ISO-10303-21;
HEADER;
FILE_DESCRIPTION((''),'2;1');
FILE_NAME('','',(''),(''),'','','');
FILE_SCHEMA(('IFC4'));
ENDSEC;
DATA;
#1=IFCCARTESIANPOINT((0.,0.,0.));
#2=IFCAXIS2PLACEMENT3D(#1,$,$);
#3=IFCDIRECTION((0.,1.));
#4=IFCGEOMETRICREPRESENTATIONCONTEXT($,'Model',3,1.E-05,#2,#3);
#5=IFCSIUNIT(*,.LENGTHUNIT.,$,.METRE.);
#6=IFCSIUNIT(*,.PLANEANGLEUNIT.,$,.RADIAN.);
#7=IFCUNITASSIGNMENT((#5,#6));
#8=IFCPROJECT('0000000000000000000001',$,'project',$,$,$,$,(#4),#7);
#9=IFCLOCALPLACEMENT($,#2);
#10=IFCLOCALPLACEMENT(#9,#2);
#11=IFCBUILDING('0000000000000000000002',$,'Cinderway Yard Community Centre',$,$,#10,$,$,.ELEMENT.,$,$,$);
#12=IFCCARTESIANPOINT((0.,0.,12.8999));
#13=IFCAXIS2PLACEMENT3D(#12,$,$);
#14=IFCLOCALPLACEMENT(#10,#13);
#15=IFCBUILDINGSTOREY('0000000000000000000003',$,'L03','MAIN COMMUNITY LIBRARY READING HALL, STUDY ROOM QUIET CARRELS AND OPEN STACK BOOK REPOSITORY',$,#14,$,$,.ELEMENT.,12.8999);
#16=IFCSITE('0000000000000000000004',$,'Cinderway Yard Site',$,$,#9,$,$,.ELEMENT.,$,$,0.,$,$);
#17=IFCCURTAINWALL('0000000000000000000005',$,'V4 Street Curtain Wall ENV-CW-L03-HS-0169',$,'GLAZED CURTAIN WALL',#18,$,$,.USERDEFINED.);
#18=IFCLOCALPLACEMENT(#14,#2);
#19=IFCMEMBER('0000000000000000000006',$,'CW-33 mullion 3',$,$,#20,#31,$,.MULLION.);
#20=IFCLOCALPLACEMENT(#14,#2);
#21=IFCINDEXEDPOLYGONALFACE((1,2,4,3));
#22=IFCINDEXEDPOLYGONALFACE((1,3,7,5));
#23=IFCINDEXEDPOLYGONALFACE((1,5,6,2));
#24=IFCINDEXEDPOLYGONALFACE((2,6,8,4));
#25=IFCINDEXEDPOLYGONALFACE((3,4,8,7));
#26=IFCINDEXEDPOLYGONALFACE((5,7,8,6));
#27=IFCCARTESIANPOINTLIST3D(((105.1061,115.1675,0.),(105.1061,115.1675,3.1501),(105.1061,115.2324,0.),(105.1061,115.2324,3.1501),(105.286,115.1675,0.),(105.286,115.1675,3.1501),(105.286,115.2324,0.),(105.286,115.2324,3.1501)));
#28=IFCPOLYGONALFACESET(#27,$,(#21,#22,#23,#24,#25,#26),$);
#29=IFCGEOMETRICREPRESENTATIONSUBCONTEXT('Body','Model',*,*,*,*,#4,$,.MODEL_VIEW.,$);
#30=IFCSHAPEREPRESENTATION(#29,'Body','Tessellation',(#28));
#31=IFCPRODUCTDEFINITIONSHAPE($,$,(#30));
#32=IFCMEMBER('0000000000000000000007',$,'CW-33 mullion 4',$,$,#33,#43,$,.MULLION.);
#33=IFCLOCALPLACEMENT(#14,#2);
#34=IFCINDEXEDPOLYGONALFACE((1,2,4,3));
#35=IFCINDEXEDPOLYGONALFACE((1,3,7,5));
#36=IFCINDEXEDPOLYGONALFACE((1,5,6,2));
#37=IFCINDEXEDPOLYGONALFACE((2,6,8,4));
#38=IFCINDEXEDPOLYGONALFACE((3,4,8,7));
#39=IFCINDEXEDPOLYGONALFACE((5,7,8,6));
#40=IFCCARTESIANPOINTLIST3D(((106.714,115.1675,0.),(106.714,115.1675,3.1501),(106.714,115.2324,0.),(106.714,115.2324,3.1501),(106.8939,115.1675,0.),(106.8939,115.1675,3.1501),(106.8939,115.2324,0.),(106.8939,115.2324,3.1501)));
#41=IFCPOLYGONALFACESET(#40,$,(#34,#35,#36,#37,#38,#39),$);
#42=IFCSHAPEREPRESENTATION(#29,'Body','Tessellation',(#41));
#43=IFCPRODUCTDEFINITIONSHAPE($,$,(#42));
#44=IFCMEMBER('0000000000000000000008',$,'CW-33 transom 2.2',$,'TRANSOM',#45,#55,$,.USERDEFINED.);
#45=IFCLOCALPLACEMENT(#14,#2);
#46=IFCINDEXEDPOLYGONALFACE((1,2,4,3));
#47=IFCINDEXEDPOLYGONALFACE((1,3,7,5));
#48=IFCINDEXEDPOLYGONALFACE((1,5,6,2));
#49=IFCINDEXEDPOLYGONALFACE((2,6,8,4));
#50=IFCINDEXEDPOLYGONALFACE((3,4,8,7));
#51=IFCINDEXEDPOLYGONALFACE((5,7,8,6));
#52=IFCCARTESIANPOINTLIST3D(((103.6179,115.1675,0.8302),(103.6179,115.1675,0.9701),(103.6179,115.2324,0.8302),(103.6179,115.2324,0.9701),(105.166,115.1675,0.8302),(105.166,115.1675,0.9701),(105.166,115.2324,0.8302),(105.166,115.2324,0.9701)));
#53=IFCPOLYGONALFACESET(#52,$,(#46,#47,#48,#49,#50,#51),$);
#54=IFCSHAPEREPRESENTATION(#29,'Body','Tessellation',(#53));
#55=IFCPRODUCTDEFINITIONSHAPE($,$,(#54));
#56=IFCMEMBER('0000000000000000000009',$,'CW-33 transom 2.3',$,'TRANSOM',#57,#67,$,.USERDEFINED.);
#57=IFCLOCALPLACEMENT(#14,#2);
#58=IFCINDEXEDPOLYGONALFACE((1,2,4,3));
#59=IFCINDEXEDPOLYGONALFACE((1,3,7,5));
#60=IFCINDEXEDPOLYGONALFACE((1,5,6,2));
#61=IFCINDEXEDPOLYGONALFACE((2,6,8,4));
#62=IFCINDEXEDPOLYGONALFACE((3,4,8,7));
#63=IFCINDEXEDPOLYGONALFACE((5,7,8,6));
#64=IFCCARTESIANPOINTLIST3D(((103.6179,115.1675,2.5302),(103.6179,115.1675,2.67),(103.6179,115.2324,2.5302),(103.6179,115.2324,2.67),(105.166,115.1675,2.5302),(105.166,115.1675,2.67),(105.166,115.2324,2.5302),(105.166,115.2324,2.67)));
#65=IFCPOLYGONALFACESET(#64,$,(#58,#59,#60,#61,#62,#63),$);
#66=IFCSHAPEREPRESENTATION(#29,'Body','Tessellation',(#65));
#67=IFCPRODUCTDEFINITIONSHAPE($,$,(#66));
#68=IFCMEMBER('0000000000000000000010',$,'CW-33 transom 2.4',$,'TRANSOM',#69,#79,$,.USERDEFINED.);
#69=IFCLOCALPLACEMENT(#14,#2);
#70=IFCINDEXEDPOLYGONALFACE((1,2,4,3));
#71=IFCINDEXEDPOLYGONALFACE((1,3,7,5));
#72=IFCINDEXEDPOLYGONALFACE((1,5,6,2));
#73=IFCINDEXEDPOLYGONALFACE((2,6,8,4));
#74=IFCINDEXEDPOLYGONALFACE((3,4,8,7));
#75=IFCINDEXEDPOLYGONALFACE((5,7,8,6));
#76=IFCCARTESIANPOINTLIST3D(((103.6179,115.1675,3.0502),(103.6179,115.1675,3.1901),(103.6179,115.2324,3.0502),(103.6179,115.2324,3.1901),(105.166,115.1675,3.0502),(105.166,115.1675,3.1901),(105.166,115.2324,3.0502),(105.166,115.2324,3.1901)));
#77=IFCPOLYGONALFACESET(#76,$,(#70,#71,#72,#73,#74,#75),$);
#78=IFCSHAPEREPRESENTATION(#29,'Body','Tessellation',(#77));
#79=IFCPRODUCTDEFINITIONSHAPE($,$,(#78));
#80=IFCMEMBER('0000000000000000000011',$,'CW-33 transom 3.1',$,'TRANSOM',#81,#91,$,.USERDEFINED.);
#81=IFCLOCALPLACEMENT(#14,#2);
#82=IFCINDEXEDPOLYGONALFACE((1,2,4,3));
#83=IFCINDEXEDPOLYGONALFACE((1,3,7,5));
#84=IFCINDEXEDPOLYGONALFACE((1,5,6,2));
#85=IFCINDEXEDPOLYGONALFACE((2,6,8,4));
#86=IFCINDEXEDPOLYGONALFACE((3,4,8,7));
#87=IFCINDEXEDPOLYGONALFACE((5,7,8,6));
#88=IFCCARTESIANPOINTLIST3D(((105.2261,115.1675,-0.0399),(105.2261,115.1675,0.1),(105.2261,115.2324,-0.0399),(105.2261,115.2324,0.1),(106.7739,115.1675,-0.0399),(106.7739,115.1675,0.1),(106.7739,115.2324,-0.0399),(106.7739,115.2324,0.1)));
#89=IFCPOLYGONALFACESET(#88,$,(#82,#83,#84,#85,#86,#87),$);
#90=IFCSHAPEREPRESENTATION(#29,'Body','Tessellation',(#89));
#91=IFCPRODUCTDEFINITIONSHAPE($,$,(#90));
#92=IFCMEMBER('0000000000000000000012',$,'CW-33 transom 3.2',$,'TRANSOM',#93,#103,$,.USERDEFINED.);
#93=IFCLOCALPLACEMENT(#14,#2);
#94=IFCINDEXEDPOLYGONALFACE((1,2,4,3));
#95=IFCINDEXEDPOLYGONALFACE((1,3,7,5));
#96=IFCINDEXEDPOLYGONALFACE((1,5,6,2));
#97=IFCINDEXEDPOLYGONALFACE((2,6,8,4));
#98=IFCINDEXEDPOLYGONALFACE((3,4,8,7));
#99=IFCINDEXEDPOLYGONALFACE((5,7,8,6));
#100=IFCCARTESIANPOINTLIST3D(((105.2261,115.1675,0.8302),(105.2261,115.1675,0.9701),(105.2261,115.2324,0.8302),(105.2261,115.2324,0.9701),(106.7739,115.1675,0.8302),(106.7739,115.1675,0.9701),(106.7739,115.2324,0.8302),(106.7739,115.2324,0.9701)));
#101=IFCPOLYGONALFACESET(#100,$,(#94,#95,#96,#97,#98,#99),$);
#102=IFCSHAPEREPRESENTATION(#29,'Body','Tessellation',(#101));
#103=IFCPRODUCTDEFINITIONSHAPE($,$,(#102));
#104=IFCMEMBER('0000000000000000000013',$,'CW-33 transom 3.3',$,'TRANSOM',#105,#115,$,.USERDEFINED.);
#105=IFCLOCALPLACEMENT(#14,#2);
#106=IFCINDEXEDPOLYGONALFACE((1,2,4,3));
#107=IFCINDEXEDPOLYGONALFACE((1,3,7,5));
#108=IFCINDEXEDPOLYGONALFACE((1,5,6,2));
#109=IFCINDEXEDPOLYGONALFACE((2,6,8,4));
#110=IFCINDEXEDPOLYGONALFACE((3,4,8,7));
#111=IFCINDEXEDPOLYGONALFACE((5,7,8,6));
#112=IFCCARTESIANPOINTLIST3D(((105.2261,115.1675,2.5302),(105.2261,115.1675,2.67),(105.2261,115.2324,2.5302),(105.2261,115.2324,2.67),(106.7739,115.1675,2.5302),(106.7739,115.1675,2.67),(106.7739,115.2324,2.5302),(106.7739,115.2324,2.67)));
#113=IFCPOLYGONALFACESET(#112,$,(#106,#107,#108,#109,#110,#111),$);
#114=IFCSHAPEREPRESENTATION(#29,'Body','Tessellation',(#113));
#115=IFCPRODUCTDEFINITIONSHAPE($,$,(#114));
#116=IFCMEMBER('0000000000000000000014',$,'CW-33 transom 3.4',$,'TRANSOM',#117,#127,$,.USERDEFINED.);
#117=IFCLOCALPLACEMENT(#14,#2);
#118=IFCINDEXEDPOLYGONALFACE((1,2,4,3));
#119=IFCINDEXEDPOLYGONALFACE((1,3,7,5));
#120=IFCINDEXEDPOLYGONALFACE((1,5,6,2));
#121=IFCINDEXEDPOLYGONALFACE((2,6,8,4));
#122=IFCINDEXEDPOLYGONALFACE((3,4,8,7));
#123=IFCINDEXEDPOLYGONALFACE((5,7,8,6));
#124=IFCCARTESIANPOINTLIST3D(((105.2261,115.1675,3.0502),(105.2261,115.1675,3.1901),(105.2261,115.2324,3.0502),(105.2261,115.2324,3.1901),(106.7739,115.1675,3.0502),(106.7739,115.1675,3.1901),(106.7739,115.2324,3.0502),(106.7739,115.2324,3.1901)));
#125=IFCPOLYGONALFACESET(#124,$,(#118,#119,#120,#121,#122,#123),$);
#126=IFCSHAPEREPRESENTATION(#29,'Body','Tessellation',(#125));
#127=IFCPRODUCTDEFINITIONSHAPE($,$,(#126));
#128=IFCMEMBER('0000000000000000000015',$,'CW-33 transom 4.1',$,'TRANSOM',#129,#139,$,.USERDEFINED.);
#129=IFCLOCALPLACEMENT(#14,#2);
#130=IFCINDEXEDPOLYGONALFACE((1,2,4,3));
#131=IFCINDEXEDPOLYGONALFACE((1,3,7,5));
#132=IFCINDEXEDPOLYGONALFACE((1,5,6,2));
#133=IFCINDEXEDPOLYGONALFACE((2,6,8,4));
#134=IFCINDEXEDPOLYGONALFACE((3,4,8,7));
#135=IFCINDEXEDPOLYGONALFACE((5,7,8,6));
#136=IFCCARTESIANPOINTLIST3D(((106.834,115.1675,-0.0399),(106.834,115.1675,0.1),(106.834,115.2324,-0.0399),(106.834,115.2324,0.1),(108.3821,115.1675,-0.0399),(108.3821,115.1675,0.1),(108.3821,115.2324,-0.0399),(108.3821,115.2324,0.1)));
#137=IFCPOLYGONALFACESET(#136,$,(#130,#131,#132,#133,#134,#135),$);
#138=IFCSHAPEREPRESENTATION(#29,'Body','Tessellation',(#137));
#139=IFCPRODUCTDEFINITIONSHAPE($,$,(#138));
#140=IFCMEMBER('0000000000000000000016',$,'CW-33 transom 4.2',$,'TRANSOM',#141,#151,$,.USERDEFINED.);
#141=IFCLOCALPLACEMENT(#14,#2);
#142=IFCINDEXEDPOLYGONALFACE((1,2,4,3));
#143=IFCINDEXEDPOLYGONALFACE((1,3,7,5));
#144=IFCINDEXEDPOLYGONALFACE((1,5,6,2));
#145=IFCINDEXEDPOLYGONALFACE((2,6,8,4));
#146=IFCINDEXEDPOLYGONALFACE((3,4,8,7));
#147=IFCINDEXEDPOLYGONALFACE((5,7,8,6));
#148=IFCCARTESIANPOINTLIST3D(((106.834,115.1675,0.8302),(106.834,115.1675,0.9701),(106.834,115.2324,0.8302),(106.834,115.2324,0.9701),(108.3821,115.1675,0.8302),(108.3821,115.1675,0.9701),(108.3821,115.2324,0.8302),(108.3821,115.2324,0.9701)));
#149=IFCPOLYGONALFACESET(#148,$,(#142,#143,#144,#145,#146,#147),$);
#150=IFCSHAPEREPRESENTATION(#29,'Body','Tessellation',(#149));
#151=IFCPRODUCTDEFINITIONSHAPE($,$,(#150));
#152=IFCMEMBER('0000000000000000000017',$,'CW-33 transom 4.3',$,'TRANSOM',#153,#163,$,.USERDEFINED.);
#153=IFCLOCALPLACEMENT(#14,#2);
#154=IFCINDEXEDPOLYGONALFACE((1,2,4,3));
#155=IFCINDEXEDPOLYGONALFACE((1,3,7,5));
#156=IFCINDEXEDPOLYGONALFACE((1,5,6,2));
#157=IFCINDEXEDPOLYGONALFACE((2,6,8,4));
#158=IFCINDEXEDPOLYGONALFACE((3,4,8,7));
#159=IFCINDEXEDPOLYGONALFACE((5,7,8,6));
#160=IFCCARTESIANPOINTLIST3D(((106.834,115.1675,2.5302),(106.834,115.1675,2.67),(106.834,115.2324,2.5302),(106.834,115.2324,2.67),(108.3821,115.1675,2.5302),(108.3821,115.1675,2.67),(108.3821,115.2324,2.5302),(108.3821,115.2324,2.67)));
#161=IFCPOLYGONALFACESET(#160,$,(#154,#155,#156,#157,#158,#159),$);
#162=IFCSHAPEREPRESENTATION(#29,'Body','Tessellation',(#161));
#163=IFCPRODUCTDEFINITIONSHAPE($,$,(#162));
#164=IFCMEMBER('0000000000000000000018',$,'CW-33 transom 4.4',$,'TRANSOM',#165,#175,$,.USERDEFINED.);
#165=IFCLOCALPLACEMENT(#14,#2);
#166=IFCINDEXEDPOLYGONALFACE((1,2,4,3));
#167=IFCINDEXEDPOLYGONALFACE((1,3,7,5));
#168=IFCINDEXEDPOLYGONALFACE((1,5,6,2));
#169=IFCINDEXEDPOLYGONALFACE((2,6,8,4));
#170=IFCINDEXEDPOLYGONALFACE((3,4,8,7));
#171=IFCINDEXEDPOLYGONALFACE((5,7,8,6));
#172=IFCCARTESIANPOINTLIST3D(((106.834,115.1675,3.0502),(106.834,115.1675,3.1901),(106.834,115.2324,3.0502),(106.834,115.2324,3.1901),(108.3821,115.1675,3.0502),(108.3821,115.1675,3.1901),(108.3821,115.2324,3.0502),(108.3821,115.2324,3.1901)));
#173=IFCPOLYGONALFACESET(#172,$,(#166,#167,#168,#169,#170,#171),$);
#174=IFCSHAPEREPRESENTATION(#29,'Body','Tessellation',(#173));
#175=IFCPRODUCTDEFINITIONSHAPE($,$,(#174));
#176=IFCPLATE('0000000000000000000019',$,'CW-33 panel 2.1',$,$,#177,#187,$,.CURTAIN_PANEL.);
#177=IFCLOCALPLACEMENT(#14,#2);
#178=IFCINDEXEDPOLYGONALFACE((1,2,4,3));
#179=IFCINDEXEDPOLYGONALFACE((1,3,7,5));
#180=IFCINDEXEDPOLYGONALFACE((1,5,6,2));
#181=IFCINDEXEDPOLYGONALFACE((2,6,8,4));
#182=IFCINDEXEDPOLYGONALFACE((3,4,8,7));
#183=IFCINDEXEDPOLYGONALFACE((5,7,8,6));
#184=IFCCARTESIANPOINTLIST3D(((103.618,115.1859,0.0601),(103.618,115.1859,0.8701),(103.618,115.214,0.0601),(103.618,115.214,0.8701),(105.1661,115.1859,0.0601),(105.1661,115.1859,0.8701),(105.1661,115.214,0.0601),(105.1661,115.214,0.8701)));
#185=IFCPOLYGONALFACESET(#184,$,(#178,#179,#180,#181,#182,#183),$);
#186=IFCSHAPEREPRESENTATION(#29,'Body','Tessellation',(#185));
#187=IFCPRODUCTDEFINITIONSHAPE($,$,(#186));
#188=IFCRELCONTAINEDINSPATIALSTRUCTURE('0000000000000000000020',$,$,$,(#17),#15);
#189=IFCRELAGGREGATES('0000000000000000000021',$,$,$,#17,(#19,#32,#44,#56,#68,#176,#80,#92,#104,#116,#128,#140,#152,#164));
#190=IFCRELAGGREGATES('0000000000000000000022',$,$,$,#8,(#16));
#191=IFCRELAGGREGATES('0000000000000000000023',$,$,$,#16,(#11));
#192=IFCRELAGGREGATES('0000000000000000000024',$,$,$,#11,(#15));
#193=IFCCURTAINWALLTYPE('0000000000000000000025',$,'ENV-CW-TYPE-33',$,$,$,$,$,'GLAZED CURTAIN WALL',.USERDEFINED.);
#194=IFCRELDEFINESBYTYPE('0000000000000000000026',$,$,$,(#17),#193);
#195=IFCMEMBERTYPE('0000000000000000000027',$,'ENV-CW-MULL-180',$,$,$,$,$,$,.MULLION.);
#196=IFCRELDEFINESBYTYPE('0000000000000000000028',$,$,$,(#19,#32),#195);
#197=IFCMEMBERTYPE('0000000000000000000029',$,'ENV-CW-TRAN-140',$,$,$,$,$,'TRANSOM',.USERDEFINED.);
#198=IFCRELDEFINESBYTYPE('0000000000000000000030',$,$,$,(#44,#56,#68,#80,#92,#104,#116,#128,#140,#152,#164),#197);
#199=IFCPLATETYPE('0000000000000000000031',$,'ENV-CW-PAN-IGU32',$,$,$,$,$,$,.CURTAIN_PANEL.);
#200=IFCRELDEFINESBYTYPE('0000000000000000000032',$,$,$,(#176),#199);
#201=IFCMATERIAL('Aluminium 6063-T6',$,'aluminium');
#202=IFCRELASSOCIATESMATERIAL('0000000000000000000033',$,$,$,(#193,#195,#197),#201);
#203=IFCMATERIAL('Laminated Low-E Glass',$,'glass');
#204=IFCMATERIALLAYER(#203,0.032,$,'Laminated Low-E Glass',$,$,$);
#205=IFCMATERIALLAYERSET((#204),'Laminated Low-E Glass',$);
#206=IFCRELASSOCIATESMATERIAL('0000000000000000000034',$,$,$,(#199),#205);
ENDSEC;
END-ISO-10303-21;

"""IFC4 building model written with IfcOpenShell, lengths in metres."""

from ifc_helpers import new_model, si_unit, direction, frame, origin, origin_2d, place, context, subcontext, project, spatial, rectangle, extrude, material, layer, layer_set, material_profile, profile_set, type_object, element, aggregate, save


model = new_model("IFC4")

# Units and contexts
model_context = context("Model", 3, precision=1e-05, world=origin(), true_north=direction((0.0, 1.0)))
body_context = subcontext(model_context, "Body", "Model", "MODEL_VIEW")
ifc_project = project(units=[si_unit("LENGTHUNIT", "METRE"), si_unit("PLANEANGLEUNIT", "RADIAN")], contexts=[model_context])

# Site, building, storey
site_placement = place(None, origin())
site = spatial("IfcSite", under=ifc_project, at=site_placement, Name="Cinderway Yard Site", CompositionType="ELEMENT", RefElevation=0.0)
building_placement = place(site_placement, origin())
building = spatial("IfcBuilding", under=site, at=building_placement, Name="Cinderway Yard Community Centre", CompositionType="ELEMENT")
storey_placement = place(building_placement, frame((0.0, 0.0, 12.8999)))
storey = spatial("IfcBuildingStorey", under=building, at=storey_placement, Name="L03", Description="MAIN COMMUNITY LIBRARY READING HALL, STUDY ROOM QUIET CARRELS AND OPEN STACK BOOK REPOSITORY", CompositionType="ELEMENT", Elevation=12.8999)

# Curtain wall, members, plate
ifc_material_1 = material(Name="Aluminium 6063-T6", Category="aluminium")
curtain_wall_type = type_object("IfcCurtainWallType", Name="ENV-CW-TYPE-33", ElementType="GLAZED CURTAIN WALL", PredefinedType="USERDEFINED", material=ifc_material_1)
curtain_wall_placement = place(storey_placement, origin())
curtain_wall = element("IfcCurtainWall", 1, at=curtain_wall_placement, inside=storey, type_object=curtain_wall_type, Name="V4 Street Curtain Wall ENV-CW-L03-HS-0169", ObjectType="GLAZED CURTAIN WALL", PredefinedType="USERDEFINED")
ifc_material_profile_1 = material_profile(ifc_material_1, rectangle(XDim=0.0649, YDim=0.1799, at=origin_2d()), Name="Aluminium 6063-T6")
ifc_profile_set_1 = profile_set([ifc_material_profile_1], Name="Aluminium 6063-T6")
member_type_1 = type_object("IfcMemberType", Name="ENV-CW-MULL-180", PredefinedType="MULLION", material=ifc_profile_set_1)
member_1_placement = place(storey_placement, frame((105.196, 115.2, 0.0), z_axis=(0.0, 0.0, 1.0), x_axis=(0.0, 1.0, 0.0)))
member_1 = element("IfcMember", 2, at=member_1_placement, type_object=member_type_1, Name="CW-33 mullion 3", PredefinedType="MULLION", context=body_context, shape_type="SweptSolid", body=[
    extrude(rectangle(XDim=0.0649, YDim=0.1799, at=origin_2d()), origin(), (0.0, 0.0, 1.0), 3.1501),
])
member_2_placement = place(storey_placement, frame((106.804, 115.2, 0.0), z_axis=(0.0, 0.0, 1.0), x_axis=(0.0, 1.0, 0.0)))
member_2 = element("IfcMember", 3, at=member_2_placement, type_object=member_type_1, Name="CW-33 mullion 4", PredefinedType="MULLION", context=body_context, shape_type="SweptSolid", body=[
    extrude(rectangle(XDim=0.0649, YDim=0.1799, at=origin_2d()), origin(), (0.0, 0.0, 1.0), 3.1501),
])
ifc_material_profile_2 = material_profile(ifc_material_1, rectangle(XDim=0.0649, YDim=0.1399, at=origin_2d()), Name="Aluminium 6063-T6")
ifc_profile_set_2 = profile_set([ifc_material_profile_2], Name="Aluminium 6063-T6")
member_type_2 = type_object("IfcMemberType", Name="ENV-CW-TRAN-140", ElementType="TRANSOM", PredefinedType="USERDEFINED", material=ifc_profile_set_2)
member_3_placement = place(storey_placement, frame((103.6179, 115.2, 0.9001), z_axis=(1.0, 0.0, 0.0), x_axis=(0.0, 1.0, 0.0)))
member_3 = element("IfcMember", 4, at=member_3_placement, type_object=member_type_2, Name="CW-33 transom 2.2", ObjectType="TRANSOM", PredefinedType="USERDEFINED", context=body_context, shape_type="SweptSolid", body=[
    extrude(rectangle(XDim=0.0649, YDim=0.1399, at=origin_2d()), origin(), (0.0, 0.0, 1.0), 1.5481),
])
member_4_placement = place(storey_placement, frame((103.6179, 115.2, 2.6001), z_axis=(1.0, 0.0, 0.0), x_axis=(0.0, 1.0, 0.0)))
member_4 = element("IfcMember", 5, at=member_4_placement, type_object=member_type_2, Name="CW-33 transom 2.3", ObjectType="TRANSOM", PredefinedType="USERDEFINED", context=body_context, shape_type="SweptSolid", body=[
    extrude(rectangle(XDim=0.0649, YDim=0.1399, at=origin_2d()), origin(), (0.0, 0.0, 1.0), 1.5481),
])
member_5_placement = place(storey_placement, frame((103.6179, 115.2, 3.1201), z_axis=(1.0, 0.0, 0.0), x_axis=(0.0, 1.0, 0.0)))
member_5 = element("IfcMember", 6, at=member_5_placement, type_object=member_type_2, Name="CW-33 transom 2.4", ObjectType="TRANSOM", PredefinedType="USERDEFINED", context=body_context, shape_type="SweptSolid", body=[
    extrude(rectangle(XDim=0.0649, YDim=0.1399, at=origin_2d()), origin(), (0.0, 0.0, 1.0), 1.5481),
])
member_6_placement = place(storey_placement, frame((105.2261, 115.2, 0.03), z_axis=(1.0, 0.0, 0.0), x_axis=(0.0, 1.0, 0.0)))
member_6 = element("IfcMember", 7, at=member_6_placement, type_object=member_type_2, Name="CW-33 transom 3.1", ObjectType="TRANSOM", PredefinedType="USERDEFINED", context=body_context, shape_type="SweptSolid", body=[
    extrude(rectangle(XDim=0.0649, YDim=0.1399, at=origin_2d()), origin(), (0.0, 0.0, 1.0), 1.5479),
])
member_7_placement = place(storey_placement, frame((105.2261, 115.2, 0.9001), z_axis=(1.0, 0.0, 0.0), x_axis=(0.0, 1.0, 0.0)))
member_7 = element("IfcMember", 8, at=member_7_placement, type_object=member_type_2, Name="CW-33 transom 3.2", ObjectType="TRANSOM", PredefinedType="USERDEFINED", context=body_context, shape_type="SweptSolid", body=[
    extrude(rectangle(XDim=0.0649, YDim=0.1399, at=origin_2d()), origin(), (0.0, 0.0, 1.0), 1.5479),
])
member_8_placement = place(storey_placement, frame((105.2261, 115.2, 2.6001), z_axis=(1.0, 0.0, 0.0), x_axis=(0.0, 1.0, 0.0)))
member_8 = element("IfcMember", 9, at=member_8_placement, type_object=member_type_2, Name="CW-33 transom 3.3", ObjectType="TRANSOM", PredefinedType="USERDEFINED", context=body_context, shape_type="SweptSolid", body=[
    extrude(rectangle(XDim=0.0649, YDim=0.1399, at=origin_2d()), origin(), (0.0, 0.0, 1.0), 1.5479),
])
member_9_placement = place(storey_placement, frame((105.2261, 115.2, 3.1201), z_axis=(1.0, 0.0, 0.0), x_axis=(0.0, 1.0, 0.0)))
member_9 = element("IfcMember", 10, at=member_9_placement, type_object=member_type_2, Name="CW-33 transom 3.4", ObjectType="TRANSOM", PredefinedType="USERDEFINED", context=body_context, shape_type="SweptSolid", body=[
    extrude(rectangle(XDim=0.0649, YDim=0.1399, at=origin_2d()), origin(), (0.0, 0.0, 1.0), 1.5479),
])
member_10_placement = place(storey_placement, frame((106.834, 115.2, 0.03), z_axis=(1.0, 0.0, 0.0), x_axis=(0.0, 1.0, 0.0)))
member_10 = element("IfcMember", 11, at=member_10_placement, type_object=member_type_2, Name="CW-33 transom 4.1", ObjectType="TRANSOM", PredefinedType="USERDEFINED", context=body_context, shape_type="SweptSolid", body=[
    extrude(rectangle(XDim=0.0649, YDim=0.1399, at=origin_2d()), origin(), (0.0, 0.0, 1.0), 1.5481),
])
member_11_placement = place(storey_placement, frame((106.834, 115.2, 0.9001), z_axis=(1.0, 0.0, 0.0), x_axis=(0.0, 1.0, 0.0)))
member_11 = element("IfcMember", 12, at=member_11_placement, type_object=member_type_2, Name="CW-33 transom 4.2", ObjectType="TRANSOM", PredefinedType="USERDEFINED", context=body_context, shape_type="SweptSolid", body=[
    extrude(rectangle(XDim=0.0649, YDim=0.1399, at=origin_2d()), origin(), (0.0, 0.0, 1.0), 1.5481),
])
member_12_placement = place(storey_placement, frame((106.834, 115.2, 2.6001), z_axis=(1.0, 0.0, 0.0), x_axis=(0.0, 1.0, 0.0)))
member_12 = element("IfcMember", 13, at=member_12_placement, type_object=member_type_2, Name="CW-33 transom 4.3", ObjectType="TRANSOM", PredefinedType="USERDEFINED", context=body_context, shape_type="SweptSolid", body=[
    extrude(rectangle(XDim=0.0649, YDim=0.1399, at=origin_2d()), origin(), (0.0, 0.0, 1.0), 1.5481),
])
member_13_placement = place(storey_placement, frame((106.834, 115.2, 3.1201), z_axis=(1.0, 0.0, 0.0), x_axis=(0.0, 1.0, 0.0)))
member_13 = element("IfcMember", 14, at=member_13_placement, type_object=member_type_2, Name="CW-33 transom 4.4", ObjectType="TRANSOM", PredefinedType="USERDEFINED", context=body_context, shape_type="SweptSolid", body=[
    extrude(rectangle(XDim=0.0649, YDim=0.1399, at=origin_2d()), origin(), (0.0, 0.0, 1.0), 1.5481),
])
ifc_material_2 = material(Name="Laminated Low-E Glass", Category="glass")
ifc_layer = layer(ifc_material_2, 0.032, Name="Laminated Low-E Glass")
ifc_layer_set = layer_set([ifc_layer], Name="Laminated Low-E Glass")
plate_type = type_object("IfcPlateType", Name="ENV-CW-PAN-IGU32", PredefinedType="CURTAIN_PANEL", material=ifc_layer_set)
plate_1_placement = place(storey_placement, frame((104.3921, 115.2, 0.0601), z_axis=(0.0, 0.0, 1.0), x_axis=(1.0, 0.0, 0.0)))
plate_1 = element("IfcPlate", 15, at=plate_1_placement, type_object=plate_type, Name="CW-33 panel 2.1", PredefinedType="CURTAIN_PANEL", context=body_context, shape_type="SweptSolid", body=[
    extrude(rectangle(XDim=1.5481, YDim=0.0281, at=origin_2d()), origin(), (0.0, 0.0, 1.0), 0.8101),
])
aggregate(curtain_wall, [member_1, member_2, member_3, member_4, member_5, plate_1, member_6, member_7, member_8, member_9, member_10, member_11, member_12, member_13])

save(model, "model.ifc")
